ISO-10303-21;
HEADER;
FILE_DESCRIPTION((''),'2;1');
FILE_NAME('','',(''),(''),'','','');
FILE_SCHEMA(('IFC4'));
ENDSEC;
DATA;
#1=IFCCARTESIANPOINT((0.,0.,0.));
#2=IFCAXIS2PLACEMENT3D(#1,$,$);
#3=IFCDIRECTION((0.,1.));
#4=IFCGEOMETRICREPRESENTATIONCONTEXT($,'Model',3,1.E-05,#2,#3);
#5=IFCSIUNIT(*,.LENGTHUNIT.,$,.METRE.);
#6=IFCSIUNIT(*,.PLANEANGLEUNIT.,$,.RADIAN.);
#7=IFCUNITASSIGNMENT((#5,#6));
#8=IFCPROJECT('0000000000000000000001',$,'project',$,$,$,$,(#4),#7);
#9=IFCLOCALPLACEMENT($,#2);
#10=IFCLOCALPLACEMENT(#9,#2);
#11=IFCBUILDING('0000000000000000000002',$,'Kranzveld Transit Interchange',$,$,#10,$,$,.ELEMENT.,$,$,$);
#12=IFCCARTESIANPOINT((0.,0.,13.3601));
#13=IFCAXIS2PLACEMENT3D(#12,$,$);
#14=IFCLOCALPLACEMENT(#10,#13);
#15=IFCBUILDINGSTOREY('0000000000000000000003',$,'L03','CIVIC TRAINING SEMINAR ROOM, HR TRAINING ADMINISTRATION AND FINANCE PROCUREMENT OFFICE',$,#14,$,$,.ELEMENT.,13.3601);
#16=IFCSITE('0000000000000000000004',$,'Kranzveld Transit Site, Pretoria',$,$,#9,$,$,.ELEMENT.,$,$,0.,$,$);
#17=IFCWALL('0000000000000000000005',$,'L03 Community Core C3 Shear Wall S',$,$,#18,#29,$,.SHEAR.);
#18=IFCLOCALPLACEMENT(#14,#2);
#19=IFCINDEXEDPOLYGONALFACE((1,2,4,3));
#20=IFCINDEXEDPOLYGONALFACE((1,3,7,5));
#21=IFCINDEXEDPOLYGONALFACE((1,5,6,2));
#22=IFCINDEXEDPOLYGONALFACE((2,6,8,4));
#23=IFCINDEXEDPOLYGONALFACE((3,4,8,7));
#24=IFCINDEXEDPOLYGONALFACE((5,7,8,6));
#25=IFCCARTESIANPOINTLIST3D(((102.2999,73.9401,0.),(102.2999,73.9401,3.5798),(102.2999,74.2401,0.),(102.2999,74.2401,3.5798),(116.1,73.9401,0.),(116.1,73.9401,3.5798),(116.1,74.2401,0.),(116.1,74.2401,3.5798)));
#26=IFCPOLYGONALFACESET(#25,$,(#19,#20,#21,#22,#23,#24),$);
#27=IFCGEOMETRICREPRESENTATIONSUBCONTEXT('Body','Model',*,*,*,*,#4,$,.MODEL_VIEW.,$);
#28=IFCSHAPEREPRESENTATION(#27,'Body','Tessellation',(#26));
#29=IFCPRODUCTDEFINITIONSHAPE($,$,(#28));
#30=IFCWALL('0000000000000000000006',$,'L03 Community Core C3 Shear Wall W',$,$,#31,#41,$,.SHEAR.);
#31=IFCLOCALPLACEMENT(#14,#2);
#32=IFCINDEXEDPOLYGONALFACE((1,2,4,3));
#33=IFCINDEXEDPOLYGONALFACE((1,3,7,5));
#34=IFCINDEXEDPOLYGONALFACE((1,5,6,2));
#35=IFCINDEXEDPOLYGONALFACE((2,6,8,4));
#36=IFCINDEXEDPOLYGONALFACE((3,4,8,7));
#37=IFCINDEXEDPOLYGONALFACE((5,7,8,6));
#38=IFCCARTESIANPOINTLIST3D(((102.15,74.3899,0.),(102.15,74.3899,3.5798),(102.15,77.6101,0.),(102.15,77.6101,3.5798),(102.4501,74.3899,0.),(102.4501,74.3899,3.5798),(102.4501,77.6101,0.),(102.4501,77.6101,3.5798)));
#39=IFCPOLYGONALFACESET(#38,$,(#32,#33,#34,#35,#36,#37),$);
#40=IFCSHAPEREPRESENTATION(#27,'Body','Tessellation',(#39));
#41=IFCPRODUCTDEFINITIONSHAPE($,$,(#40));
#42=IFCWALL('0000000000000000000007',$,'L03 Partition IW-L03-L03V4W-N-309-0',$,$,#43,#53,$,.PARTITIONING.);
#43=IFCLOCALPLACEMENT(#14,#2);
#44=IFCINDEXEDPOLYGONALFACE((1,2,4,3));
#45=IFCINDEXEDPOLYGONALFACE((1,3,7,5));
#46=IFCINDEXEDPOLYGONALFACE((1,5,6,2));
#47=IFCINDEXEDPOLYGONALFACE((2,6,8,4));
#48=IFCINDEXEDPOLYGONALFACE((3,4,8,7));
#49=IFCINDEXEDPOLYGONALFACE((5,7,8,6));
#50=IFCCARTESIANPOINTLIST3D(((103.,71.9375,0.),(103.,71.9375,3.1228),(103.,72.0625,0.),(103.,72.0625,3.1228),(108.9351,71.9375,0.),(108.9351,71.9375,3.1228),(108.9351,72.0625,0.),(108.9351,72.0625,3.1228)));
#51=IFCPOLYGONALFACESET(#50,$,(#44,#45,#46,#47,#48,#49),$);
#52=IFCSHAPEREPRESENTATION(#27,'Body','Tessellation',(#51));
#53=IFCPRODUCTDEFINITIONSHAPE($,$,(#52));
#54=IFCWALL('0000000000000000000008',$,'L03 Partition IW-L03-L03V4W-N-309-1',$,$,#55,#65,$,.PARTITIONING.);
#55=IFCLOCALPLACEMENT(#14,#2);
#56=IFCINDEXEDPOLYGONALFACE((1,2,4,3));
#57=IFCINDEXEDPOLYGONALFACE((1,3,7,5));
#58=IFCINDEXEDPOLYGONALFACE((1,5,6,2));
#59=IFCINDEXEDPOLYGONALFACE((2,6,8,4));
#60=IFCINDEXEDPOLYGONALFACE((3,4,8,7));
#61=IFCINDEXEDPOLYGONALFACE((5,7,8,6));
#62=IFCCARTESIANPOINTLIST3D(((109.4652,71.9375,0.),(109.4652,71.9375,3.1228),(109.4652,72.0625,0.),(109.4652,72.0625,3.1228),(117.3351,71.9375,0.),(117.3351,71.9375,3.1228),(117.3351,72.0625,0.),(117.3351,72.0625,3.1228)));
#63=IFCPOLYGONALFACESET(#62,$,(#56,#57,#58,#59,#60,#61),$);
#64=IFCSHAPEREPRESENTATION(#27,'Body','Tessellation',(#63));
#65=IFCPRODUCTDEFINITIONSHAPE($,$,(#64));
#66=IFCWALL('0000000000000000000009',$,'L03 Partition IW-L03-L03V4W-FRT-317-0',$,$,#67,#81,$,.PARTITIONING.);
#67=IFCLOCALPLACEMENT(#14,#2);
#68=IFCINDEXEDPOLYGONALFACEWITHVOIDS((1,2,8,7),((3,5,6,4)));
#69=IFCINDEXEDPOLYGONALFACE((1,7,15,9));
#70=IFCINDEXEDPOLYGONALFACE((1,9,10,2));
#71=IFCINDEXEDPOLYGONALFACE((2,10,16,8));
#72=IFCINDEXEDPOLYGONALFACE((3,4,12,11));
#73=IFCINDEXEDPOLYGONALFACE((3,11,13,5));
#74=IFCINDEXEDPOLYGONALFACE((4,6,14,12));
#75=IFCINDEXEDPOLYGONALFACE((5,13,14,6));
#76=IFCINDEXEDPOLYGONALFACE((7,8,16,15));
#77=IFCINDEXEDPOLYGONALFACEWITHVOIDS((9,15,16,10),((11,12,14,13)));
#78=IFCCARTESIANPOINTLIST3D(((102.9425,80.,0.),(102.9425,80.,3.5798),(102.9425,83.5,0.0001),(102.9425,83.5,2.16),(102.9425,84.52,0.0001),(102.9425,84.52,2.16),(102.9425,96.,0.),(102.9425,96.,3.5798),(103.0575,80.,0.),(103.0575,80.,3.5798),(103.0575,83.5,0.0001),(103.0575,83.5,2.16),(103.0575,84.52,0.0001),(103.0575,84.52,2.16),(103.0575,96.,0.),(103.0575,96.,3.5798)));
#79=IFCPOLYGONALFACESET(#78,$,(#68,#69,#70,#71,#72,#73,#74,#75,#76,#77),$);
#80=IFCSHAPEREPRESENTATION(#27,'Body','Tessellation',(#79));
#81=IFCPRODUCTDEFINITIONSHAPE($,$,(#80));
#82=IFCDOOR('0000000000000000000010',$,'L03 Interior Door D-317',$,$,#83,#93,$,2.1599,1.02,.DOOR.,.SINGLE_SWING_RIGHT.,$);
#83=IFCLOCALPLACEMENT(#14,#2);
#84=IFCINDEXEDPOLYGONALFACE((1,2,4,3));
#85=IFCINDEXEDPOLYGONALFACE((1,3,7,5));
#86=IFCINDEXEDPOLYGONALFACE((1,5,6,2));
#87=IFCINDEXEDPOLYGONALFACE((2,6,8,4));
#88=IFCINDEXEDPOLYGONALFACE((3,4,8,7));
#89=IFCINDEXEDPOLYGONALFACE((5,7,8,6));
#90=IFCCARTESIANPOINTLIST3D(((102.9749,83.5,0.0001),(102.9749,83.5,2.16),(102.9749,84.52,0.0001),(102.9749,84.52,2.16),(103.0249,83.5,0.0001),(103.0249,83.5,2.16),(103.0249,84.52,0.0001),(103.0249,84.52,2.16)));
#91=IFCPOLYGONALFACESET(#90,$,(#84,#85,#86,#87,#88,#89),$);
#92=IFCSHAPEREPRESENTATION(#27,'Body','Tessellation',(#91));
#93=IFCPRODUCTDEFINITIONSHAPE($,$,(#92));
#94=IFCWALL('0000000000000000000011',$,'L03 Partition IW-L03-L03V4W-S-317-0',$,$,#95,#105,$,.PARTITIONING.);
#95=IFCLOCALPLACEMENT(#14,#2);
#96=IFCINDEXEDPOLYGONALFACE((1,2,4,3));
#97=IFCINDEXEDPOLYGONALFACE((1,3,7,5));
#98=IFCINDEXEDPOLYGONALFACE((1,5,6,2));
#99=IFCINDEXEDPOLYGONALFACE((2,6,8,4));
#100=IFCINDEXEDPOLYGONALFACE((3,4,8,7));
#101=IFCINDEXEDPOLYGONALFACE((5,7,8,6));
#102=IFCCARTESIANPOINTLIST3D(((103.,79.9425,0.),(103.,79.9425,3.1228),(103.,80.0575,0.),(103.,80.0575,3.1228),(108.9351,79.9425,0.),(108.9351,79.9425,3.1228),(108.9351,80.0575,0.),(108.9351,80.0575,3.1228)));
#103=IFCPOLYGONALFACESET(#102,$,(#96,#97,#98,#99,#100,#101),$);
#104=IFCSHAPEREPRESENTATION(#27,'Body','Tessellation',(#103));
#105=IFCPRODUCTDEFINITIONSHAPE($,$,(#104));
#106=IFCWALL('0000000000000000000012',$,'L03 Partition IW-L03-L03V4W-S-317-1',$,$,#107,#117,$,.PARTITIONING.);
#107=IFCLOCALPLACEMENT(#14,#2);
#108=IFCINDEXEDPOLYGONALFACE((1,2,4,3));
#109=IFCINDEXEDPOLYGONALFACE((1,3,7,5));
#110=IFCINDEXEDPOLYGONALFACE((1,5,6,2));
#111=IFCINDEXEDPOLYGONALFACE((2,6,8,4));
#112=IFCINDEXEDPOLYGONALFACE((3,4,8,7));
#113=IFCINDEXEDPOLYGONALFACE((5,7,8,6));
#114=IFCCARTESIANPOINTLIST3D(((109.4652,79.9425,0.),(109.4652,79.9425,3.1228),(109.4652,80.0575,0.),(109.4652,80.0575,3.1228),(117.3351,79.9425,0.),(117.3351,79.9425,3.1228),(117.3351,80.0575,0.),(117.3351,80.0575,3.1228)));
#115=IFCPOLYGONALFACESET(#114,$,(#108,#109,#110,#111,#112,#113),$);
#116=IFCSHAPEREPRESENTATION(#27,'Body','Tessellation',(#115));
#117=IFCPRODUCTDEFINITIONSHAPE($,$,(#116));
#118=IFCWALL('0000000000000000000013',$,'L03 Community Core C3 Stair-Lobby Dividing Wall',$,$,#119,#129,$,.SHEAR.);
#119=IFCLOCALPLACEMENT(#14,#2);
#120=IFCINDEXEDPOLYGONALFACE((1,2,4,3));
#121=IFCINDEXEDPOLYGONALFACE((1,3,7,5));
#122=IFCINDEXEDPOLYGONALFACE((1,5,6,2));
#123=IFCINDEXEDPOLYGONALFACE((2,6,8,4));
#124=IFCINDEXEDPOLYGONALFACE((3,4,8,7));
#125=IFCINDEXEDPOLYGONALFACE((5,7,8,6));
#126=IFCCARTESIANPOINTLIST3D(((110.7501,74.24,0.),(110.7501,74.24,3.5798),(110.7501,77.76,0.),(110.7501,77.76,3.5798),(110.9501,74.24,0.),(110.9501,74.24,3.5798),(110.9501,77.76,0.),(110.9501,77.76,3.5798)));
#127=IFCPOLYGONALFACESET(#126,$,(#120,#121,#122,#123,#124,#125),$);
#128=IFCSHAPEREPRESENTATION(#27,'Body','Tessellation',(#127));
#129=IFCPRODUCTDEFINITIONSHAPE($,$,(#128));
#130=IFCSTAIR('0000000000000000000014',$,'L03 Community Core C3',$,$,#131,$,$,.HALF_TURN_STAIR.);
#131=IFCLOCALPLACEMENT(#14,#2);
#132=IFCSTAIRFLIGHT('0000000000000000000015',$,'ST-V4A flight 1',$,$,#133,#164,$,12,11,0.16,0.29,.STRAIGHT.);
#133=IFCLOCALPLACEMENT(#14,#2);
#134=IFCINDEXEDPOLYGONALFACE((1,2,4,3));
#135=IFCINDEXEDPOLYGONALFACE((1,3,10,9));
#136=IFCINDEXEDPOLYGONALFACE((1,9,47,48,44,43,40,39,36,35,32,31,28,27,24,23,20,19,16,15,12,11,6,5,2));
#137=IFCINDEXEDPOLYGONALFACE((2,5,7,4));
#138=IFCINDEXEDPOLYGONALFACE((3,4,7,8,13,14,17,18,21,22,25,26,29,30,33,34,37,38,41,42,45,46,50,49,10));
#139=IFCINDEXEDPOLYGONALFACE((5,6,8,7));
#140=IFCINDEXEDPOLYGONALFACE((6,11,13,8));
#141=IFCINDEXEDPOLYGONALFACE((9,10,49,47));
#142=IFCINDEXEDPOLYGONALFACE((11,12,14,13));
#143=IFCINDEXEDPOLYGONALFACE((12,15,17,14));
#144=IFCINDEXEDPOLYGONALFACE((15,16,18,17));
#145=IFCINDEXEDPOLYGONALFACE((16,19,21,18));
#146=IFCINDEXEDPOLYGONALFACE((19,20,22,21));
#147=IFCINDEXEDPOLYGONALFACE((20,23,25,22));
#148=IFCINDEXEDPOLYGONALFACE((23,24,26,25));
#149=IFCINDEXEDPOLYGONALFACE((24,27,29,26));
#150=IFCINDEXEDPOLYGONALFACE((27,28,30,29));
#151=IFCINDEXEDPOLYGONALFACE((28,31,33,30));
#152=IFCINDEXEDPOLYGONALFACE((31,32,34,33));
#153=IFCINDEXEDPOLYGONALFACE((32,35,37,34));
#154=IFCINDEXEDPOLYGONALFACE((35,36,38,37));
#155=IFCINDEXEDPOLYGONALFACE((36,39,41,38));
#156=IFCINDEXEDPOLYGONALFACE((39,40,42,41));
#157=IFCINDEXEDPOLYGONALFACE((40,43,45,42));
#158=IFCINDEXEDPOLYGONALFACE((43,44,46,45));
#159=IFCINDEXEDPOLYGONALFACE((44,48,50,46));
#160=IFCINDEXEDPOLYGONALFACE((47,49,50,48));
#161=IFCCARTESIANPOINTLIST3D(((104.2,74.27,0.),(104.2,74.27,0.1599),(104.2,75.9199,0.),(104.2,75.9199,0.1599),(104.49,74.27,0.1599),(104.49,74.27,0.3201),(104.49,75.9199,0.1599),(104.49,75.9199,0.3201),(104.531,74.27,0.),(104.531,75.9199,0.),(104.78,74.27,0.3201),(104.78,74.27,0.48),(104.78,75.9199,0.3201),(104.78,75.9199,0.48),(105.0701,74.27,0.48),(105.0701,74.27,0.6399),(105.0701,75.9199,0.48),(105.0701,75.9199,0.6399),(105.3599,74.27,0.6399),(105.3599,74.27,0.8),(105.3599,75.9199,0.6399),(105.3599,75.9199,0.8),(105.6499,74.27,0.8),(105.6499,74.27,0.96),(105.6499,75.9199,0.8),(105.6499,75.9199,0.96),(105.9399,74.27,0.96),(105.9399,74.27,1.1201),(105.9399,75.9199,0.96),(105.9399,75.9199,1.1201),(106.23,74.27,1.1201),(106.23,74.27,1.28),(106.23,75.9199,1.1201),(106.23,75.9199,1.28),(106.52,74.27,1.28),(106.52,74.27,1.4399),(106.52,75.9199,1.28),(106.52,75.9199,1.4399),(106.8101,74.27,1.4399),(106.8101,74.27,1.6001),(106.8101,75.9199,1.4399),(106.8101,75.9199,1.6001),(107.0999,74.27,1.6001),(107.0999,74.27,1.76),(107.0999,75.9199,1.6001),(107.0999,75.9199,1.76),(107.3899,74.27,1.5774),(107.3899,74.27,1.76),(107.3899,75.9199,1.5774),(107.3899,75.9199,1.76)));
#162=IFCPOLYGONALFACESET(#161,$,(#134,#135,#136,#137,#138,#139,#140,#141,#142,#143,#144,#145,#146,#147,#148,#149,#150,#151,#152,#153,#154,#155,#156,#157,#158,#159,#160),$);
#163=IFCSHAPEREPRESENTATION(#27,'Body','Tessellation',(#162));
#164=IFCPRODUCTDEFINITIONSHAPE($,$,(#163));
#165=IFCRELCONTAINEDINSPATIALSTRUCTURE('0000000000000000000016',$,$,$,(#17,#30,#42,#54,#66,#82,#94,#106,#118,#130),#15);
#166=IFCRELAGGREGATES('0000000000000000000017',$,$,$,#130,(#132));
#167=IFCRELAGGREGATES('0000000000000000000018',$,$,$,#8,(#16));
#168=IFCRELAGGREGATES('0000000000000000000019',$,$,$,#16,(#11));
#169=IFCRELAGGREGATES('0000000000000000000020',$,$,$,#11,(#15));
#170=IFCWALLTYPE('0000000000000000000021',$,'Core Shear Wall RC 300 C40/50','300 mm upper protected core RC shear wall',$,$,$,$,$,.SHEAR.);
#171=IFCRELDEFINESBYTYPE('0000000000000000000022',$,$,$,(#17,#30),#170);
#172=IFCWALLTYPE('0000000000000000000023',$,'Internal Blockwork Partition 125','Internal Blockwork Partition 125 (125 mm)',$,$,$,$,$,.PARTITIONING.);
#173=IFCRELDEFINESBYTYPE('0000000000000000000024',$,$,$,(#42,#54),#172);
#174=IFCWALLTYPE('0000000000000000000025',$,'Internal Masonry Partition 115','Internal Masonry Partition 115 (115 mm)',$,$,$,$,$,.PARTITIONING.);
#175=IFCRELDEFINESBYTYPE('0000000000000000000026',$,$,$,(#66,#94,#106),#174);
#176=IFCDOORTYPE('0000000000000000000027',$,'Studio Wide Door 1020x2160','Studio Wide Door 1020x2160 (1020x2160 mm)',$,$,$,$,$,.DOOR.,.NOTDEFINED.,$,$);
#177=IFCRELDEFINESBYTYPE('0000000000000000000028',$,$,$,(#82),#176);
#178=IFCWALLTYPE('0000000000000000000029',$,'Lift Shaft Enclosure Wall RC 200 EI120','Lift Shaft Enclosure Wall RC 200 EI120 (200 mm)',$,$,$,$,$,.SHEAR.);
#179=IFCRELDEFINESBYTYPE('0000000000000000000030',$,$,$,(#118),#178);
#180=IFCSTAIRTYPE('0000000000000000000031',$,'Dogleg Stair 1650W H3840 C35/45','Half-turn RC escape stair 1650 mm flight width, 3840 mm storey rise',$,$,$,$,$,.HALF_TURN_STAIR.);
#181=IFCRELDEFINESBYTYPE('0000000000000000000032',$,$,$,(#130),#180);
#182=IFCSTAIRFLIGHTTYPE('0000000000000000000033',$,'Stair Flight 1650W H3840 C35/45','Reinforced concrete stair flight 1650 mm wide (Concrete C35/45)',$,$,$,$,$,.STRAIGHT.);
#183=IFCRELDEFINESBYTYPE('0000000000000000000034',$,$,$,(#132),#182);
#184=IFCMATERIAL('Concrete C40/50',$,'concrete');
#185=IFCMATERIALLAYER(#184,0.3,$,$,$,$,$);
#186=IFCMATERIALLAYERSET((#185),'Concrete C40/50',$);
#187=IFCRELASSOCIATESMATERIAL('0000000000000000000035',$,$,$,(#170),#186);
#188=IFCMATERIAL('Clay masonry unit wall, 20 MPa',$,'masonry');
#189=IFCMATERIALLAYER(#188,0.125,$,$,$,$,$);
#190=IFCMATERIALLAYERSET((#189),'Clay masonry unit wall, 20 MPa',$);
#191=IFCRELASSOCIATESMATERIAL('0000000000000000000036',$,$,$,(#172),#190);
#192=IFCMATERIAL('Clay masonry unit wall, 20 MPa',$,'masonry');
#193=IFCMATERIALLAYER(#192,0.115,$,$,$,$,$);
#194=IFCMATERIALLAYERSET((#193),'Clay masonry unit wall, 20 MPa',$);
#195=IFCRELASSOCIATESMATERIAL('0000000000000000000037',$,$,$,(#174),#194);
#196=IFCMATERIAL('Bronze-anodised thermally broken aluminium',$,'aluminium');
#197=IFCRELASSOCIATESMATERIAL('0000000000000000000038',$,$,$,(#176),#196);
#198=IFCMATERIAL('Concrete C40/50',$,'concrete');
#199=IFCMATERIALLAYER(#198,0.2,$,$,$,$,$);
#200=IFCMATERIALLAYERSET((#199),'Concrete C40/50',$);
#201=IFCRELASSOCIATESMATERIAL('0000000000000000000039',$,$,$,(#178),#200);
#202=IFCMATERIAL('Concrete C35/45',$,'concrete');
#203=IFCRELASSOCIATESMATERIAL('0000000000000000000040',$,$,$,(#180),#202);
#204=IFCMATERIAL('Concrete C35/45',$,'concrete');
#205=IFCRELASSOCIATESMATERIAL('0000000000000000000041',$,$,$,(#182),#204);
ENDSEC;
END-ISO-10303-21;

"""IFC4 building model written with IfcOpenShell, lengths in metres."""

from ifc_helpers import new_model, si_unit, direction, frame, frame_2d, origin, place, context, subcontext, project, spatial, polyline, rectangle, outline, extrude, material, layer, layer_set, type_object, element, fill, aggregate, save


model = new_model("IFC4")

# Units and contexts
model_context = context("Model", 3, precision=1e-05, world=origin(), true_north=direction((0.0, 1.0)))
body_context = subcontext(model_context, "Body", "Model", "MODEL_VIEW")
ifc_project = project(units=[si_unit("LENGTHUNIT", "METRE"), si_unit("PLANEANGLEUNIT", "RADIAN")], contexts=[model_context])

# Site, building, storey
site_placement = place(None, origin())
site = spatial("IfcSite", under=ifc_project, at=site_placement, Name="Kranzveld Transit Site, Pretoria", CompositionType="ELEMENT", RefElevation=0.0)
building_placement = place(site_placement, origin())
building = spatial("IfcBuilding", under=site, at=building_placement, Name="Kranzveld Transit Interchange", CompositionType="ELEMENT")
storey_placement = place(building_placement, frame((0.0, 0.0, 13.3601)))
storey = spatial("IfcBuildingStorey", under=building, at=storey_placement, Name="L03", Description="CIVIC TRAINING SEMINAR ROOM, HR TRAINING ADMINISTRATION AND FINANCE PROCUREMENT OFFICE", CompositionType="ELEMENT", Elevation=13.3601)

# Wall
ifc_material_1 = material(Name="Concrete C40/50", Category="concrete")
ifc_layer_1 = layer(ifc_material_1, 0.3)
ifc_layer_set_1 = layer_set([ifc_layer_1], Name="Concrete C40/50")
wall_type_1 = type_object("IfcWallType", Name="Core Shear Wall RC 300 C40/50", Description="300 mm upper protected core RC shear wall", PredefinedType="SHEAR", material=ifc_layer_set_1)
wall_1_placement = place(storey_placement, frame((102.3, 74.0901, 0.0), z_axis=(0.0, 0.0, 1.0), x_axis=(1.0, 0.0, 0.0)))
element("IfcWall", 1, at=wall_1_placement, inside=storey, type_object=wall_type_1, Name="L03 Community Core C3 Shear Wall S", PredefinedType="SHEAR", context=body_context, shape_type="SweptSolid", body=[
    extrude(rectangle(XDim=13.8, YDim=0.3, at=frame_2d((6.8999, 0.0))), origin(), (0.0, 0.0, 1.0), 3.5798),
])

# Walls
wall_2_placement = place(storey_placement, frame((102.3, 74.3899, 0.0), z_axis=(0.0, 0.0, 1.0), x_axis=(0.0, 1.0, 0.0)))
element("IfcWall", 2, at=wall_2_placement, inside=storey, type_object=wall_type_1, Name="L03 Community Core C3 Shear Wall W", PredefinedType="SHEAR", context=body_context, shape_type="SweptSolid", body=[
    extrude(rectangle(XDim=3.2202, YDim=0.3, at=frame_2d((1.6101, 0.0))), origin(), (0.0, 0.0, 1.0), 3.5798),
])
ifc_material_2 = material(Name="Clay masonry unit wall, 20 MPa", Category="masonry")
ifc_layer_2 = layer(ifc_material_2, 0.125)
ifc_layer_set_2 = layer_set([ifc_layer_2], Name="Clay masonry unit wall, 20 MPa")
wall_type_2 = type_object("IfcWallType", Name="Internal Blockwork Partition 125", Description="Internal Blockwork Partition 125 (125 mm)", PredefinedType="PARTITIONING", material=ifc_layer_set_2)
wall_3_placement = place(storey_placement, frame((103.0, 72.0, 0.0), z_axis=(0.0, 0.0, 1.0), x_axis=(1.0, 0.0, 0.0)))
element("IfcWall", 3, at=wall_3_placement, inside=storey, type_object=wall_type_2, Name="L03 Partition IW-L03-L03V4W-N-309-0", PredefinedType="PARTITIONING", context=body_context, shape_type="SweptSolid", body=[
    extrude(rectangle(XDim=5.9351, YDim=0.125, at=frame_2d((2.9675, 0.0))), origin(), (0.0, 0.0, 1.0), 3.1228),
])
wall_4_placement = place(storey_placement, frame((109.4651, 72.0, 0.0), z_axis=(0.0, 0.0, 1.0), x_axis=(1.0, 0.0, 0.0)))
element("IfcWall", 4, at=wall_4_placement, inside=storey, type_object=wall_type_2, Name="L03 Partition IW-L03-L03V4W-N-309-1", PredefinedType="PARTITIONING", context=body_context, shape_type="SweptSolid", body=[
    extrude(rectangle(XDim=7.8699, YDim=0.125, at=frame_2d((3.9351, 0.0))), origin(), (0.0, 0.0, 1.0), 3.1228),
])

# Wall, opening, door
ifc_material_3 = material(Name="Clay masonry unit wall, 20 MPa", Category="masonry")
ifc_layer_3 = layer(ifc_material_3, 0.115)
ifc_layer_set_3 = layer_set([ifc_layer_3], Name="Clay masonry unit wall, 20 MPa")
wall_type_3 = type_object("IfcWallType", Name="Internal Masonry Partition 115", Description="Internal Masonry Partition 115 (115 mm)", PredefinedType="PARTITIONING", material=ifc_layer_set_3)
wall_5_placement = place(storey_placement, frame((103.0, 80.0, 0.0), z_axis=(0.0, 0.0, 1.0), x_axis=(0.0, 1.0, 0.0)))
wall_5 = element("IfcWall", 5, at=wall_5_placement, inside=storey, type_object=wall_type_3, Name="L03 Partition IW-L03-L03V4W-FRT-317-0", PredefinedType="PARTITIONING", context=body_context, shape_type="SweptSolid", body=[
    extrude(rectangle(XDim=16.0, YDim=0.115, at=frame_2d((8.0, 0.0))), origin(), (0.0, 0.0, 1.0), 3.5798),
])
opening_1_placement = place(wall_5_placement, frame((4.52, 0.0, 0.0), z_axis=(0.0, 0.0, 1.0), x_axis=(-1.0, 0.0, 0.0)))
opening_1 = element("IfcOpeningElement", 6, at=opening_1_placement, cuts=wall_5, PredefinedType="OPENING", context=body_context, shape_type="SweptSolid", body=[
    extrude(rectangle(XDim=1.02, YDim=2.1599, at=frame_2d((0.51, 1.0801))), frame((0.0, 0.0674, 0.0), z_axis=(0.0, -1.0, 0.0), x_axis=(1.0, 0.0, 0.0)), (0.0, 0.0, 1.0), 0.135),
])
ifc_material_4 = material(Name="Bronze-anodised thermally broken aluminium", Category="aluminium")
door_type_1 = type_object("IfcDoorType", Name="Studio Wide Door 1020x2160", Description="Studio Wide Door 1020x2160 (1020x2160 mm)", OperationType="NOTDEFINED", PredefinedType="DOOR", material=ifc_material_4)
door_1_placement = place(opening_1_placement, origin())
door_1 = element("IfcDoor", 7, at=door_1_placement, inside=storey, type_object=door_type_1, Name="L03 Interior Door D-317", OperationType="SINGLE_SWING_RIGHT", OverallHeight=2.1599, OverallWidth=1.02, PredefinedType="DOOR", context=body_context, shape_type="SweptSolid", body=[
    extrude(rectangle(XDim=1.02, YDim=2.1599, at=frame_2d((0.51, 1.0801))), frame((0.0, 0.0249, 0.0), z_axis=(0.0, -1.0, 0.0), x_axis=(1.0, 0.0, 0.0)), (0.0, 0.0, 1.0), 0.05),
])
fill(opening_1, door_1)

# Walls
wall_6_placement = place(storey_placement, frame((103.0, 80.0, 0.0), z_axis=(0.0, 0.0, 1.0), x_axis=(1.0, 0.0, 0.0)))
element("IfcWall", 8, at=wall_6_placement, inside=storey, type_object=wall_type_3, Name="L03 Partition IW-L03-L03V4W-S-317-0", PredefinedType="PARTITIONING", context=body_context, shape_type="SweptSolid", body=[
    extrude(rectangle(XDim=5.9351, YDim=0.115, at=frame_2d((2.9675, 0.0))), origin(), (0.0, 0.0, 1.0), 3.1228),
])
wall_7_placement = place(storey_placement, frame((109.4651, 80.0, 0.0), z_axis=(0.0, 0.0, 1.0), x_axis=(1.0, 0.0, 0.0)))
element("IfcWall", 9, at=wall_7_placement, inside=storey, type_object=wall_type_3, Name="L03 Partition IW-L03-L03V4W-S-317-1", PredefinedType="PARTITIONING", context=body_context, shape_type="SweptSolid", body=[
    extrude(rectangle(XDim=7.8699, YDim=0.115, at=frame_2d((3.9351, 0.0))), origin(), (0.0, 0.0, 1.0), 3.1228),
])
ifc_material_5 = material(Name="Concrete C40/50", Category="concrete")
ifc_layer_4 = layer(ifc_material_5, 0.2)
ifc_layer_set_4 = layer_set([ifc_layer_4], Name="Concrete C40/50")
wall_type_4 = type_object("IfcWallType", Name="Lift Shaft Enclosure Wall RC 200 EI120", Description="Lift Shaft Enclosure Wall RC 200 EI120 (200 mm)", PredefinedType="SHEAR", material=ifc_layer_set_4)
wall_8_placement = place(storey_placement, frame((110.8501, 74.24, 0.0), z_axis=(0.0, 0.0, 1.0), x_axis=(0.0, 1.0, 0.0)))
element("IfcWall", 10, at=wall_8_placement, inside=storey, type_object=wall_type_4, Name="L03 Community Core C3 Stair-Lobby Dividing Wall", PredefinedType="SHEAR", context=body_context, shape_type="SweptSolid", body=[
    extrude(rectangle(XDim=3.52, YDim=0.2, at=frame_2d((1.76, 0.0))), origin(), (0.0, 0.0, 1.0), 3.5798),
])

# Stair, stair flight
ifc_material_6 = material(Name="Concrete C35/45", Category="concrete")
stair_type = type_object("IfcStairType", Name="Dogleg Stair 1650W H3840 C35/45", Description="Half-turn RC escape stair 1650 mm flight width, 3840 mm storey rise", PredefinedType="HALF_TURN_STAIR", material=ifc_material_6)
stair_placement = place(storey_placement, origin())
stair = element("IfcStair", 11, at=stair_placement, inside=storey, type_object=stair_type, Name="L03 Community Core C3", PredefinedType="HALF_TURN_STAIR")
ifc_material_7 = material(Name="Concrete C35/45", Category="concrete")
stair_flight_type = type_object("IfcStairFlightType", Name="Stair Flight 1650W H3840 C35/45", Description="Reinforced concrete stair flight 1650 mm wide (Concrete C35/45)", PredefinedType="STRAIGHT", material=ifc_material_7)
stair_flight_1_placement = place(storey_placement, frame((104.2, 75.095, 0.0), z_axis=(0.0, 0.0, 1.0), x_axis=(1.0, 0.0, 0.0)))
stair_flight_1 = element("IfcStairFlight", 12, at=stair_flight_1_placement, type_object=stair_flight_type, Name="ST-V4A flight 1", NumberOfRisers=12, NumberOfTreads=11, PredefinedType="STRAIGHT", RiserHeight=0.16, TreadLength=0.29, context=body_context, shape_type="SweptSolid", body=[
    extrude(outline(polyline([(0.0, 0.0), (0.0, 0.1599), (0.29, 0.1599), (0.29, 0.3201), (0.5801, 0.3201), (0.5801, 0.48), (0.8701, 0.48), (0.8701, 0.6399), (1.1599, 0.6399), (1.1599, 0.8), (1.45, 0.8), (1.45, 0.96), (1.74, 0.96), (1.74, 1.1201), (2.03, 1.1201), (2.03, 1.28), (2.3201, 1.28), (2.3201, 1.4399), (2.6101, 1.4399), (2.6101, 1.6001), (2.8999, 1.6001), (2.8999, 1.76), (3.1899, 1.76), (3.1899, 1.9199), (3.1899, 1.5774), (0.3311, 0.0), (0.0, 0.0)])), frame((0.0, 0.825, 0.0), z_axis=(0.0, -1.0, 0.0), x_axis=(1.0, 0.0, 0.0)), (0.0, 0.0, 1.0), 1.6499),
])
aggregate(stair, [stair_flight_1])

save(model, "model.ifc")
